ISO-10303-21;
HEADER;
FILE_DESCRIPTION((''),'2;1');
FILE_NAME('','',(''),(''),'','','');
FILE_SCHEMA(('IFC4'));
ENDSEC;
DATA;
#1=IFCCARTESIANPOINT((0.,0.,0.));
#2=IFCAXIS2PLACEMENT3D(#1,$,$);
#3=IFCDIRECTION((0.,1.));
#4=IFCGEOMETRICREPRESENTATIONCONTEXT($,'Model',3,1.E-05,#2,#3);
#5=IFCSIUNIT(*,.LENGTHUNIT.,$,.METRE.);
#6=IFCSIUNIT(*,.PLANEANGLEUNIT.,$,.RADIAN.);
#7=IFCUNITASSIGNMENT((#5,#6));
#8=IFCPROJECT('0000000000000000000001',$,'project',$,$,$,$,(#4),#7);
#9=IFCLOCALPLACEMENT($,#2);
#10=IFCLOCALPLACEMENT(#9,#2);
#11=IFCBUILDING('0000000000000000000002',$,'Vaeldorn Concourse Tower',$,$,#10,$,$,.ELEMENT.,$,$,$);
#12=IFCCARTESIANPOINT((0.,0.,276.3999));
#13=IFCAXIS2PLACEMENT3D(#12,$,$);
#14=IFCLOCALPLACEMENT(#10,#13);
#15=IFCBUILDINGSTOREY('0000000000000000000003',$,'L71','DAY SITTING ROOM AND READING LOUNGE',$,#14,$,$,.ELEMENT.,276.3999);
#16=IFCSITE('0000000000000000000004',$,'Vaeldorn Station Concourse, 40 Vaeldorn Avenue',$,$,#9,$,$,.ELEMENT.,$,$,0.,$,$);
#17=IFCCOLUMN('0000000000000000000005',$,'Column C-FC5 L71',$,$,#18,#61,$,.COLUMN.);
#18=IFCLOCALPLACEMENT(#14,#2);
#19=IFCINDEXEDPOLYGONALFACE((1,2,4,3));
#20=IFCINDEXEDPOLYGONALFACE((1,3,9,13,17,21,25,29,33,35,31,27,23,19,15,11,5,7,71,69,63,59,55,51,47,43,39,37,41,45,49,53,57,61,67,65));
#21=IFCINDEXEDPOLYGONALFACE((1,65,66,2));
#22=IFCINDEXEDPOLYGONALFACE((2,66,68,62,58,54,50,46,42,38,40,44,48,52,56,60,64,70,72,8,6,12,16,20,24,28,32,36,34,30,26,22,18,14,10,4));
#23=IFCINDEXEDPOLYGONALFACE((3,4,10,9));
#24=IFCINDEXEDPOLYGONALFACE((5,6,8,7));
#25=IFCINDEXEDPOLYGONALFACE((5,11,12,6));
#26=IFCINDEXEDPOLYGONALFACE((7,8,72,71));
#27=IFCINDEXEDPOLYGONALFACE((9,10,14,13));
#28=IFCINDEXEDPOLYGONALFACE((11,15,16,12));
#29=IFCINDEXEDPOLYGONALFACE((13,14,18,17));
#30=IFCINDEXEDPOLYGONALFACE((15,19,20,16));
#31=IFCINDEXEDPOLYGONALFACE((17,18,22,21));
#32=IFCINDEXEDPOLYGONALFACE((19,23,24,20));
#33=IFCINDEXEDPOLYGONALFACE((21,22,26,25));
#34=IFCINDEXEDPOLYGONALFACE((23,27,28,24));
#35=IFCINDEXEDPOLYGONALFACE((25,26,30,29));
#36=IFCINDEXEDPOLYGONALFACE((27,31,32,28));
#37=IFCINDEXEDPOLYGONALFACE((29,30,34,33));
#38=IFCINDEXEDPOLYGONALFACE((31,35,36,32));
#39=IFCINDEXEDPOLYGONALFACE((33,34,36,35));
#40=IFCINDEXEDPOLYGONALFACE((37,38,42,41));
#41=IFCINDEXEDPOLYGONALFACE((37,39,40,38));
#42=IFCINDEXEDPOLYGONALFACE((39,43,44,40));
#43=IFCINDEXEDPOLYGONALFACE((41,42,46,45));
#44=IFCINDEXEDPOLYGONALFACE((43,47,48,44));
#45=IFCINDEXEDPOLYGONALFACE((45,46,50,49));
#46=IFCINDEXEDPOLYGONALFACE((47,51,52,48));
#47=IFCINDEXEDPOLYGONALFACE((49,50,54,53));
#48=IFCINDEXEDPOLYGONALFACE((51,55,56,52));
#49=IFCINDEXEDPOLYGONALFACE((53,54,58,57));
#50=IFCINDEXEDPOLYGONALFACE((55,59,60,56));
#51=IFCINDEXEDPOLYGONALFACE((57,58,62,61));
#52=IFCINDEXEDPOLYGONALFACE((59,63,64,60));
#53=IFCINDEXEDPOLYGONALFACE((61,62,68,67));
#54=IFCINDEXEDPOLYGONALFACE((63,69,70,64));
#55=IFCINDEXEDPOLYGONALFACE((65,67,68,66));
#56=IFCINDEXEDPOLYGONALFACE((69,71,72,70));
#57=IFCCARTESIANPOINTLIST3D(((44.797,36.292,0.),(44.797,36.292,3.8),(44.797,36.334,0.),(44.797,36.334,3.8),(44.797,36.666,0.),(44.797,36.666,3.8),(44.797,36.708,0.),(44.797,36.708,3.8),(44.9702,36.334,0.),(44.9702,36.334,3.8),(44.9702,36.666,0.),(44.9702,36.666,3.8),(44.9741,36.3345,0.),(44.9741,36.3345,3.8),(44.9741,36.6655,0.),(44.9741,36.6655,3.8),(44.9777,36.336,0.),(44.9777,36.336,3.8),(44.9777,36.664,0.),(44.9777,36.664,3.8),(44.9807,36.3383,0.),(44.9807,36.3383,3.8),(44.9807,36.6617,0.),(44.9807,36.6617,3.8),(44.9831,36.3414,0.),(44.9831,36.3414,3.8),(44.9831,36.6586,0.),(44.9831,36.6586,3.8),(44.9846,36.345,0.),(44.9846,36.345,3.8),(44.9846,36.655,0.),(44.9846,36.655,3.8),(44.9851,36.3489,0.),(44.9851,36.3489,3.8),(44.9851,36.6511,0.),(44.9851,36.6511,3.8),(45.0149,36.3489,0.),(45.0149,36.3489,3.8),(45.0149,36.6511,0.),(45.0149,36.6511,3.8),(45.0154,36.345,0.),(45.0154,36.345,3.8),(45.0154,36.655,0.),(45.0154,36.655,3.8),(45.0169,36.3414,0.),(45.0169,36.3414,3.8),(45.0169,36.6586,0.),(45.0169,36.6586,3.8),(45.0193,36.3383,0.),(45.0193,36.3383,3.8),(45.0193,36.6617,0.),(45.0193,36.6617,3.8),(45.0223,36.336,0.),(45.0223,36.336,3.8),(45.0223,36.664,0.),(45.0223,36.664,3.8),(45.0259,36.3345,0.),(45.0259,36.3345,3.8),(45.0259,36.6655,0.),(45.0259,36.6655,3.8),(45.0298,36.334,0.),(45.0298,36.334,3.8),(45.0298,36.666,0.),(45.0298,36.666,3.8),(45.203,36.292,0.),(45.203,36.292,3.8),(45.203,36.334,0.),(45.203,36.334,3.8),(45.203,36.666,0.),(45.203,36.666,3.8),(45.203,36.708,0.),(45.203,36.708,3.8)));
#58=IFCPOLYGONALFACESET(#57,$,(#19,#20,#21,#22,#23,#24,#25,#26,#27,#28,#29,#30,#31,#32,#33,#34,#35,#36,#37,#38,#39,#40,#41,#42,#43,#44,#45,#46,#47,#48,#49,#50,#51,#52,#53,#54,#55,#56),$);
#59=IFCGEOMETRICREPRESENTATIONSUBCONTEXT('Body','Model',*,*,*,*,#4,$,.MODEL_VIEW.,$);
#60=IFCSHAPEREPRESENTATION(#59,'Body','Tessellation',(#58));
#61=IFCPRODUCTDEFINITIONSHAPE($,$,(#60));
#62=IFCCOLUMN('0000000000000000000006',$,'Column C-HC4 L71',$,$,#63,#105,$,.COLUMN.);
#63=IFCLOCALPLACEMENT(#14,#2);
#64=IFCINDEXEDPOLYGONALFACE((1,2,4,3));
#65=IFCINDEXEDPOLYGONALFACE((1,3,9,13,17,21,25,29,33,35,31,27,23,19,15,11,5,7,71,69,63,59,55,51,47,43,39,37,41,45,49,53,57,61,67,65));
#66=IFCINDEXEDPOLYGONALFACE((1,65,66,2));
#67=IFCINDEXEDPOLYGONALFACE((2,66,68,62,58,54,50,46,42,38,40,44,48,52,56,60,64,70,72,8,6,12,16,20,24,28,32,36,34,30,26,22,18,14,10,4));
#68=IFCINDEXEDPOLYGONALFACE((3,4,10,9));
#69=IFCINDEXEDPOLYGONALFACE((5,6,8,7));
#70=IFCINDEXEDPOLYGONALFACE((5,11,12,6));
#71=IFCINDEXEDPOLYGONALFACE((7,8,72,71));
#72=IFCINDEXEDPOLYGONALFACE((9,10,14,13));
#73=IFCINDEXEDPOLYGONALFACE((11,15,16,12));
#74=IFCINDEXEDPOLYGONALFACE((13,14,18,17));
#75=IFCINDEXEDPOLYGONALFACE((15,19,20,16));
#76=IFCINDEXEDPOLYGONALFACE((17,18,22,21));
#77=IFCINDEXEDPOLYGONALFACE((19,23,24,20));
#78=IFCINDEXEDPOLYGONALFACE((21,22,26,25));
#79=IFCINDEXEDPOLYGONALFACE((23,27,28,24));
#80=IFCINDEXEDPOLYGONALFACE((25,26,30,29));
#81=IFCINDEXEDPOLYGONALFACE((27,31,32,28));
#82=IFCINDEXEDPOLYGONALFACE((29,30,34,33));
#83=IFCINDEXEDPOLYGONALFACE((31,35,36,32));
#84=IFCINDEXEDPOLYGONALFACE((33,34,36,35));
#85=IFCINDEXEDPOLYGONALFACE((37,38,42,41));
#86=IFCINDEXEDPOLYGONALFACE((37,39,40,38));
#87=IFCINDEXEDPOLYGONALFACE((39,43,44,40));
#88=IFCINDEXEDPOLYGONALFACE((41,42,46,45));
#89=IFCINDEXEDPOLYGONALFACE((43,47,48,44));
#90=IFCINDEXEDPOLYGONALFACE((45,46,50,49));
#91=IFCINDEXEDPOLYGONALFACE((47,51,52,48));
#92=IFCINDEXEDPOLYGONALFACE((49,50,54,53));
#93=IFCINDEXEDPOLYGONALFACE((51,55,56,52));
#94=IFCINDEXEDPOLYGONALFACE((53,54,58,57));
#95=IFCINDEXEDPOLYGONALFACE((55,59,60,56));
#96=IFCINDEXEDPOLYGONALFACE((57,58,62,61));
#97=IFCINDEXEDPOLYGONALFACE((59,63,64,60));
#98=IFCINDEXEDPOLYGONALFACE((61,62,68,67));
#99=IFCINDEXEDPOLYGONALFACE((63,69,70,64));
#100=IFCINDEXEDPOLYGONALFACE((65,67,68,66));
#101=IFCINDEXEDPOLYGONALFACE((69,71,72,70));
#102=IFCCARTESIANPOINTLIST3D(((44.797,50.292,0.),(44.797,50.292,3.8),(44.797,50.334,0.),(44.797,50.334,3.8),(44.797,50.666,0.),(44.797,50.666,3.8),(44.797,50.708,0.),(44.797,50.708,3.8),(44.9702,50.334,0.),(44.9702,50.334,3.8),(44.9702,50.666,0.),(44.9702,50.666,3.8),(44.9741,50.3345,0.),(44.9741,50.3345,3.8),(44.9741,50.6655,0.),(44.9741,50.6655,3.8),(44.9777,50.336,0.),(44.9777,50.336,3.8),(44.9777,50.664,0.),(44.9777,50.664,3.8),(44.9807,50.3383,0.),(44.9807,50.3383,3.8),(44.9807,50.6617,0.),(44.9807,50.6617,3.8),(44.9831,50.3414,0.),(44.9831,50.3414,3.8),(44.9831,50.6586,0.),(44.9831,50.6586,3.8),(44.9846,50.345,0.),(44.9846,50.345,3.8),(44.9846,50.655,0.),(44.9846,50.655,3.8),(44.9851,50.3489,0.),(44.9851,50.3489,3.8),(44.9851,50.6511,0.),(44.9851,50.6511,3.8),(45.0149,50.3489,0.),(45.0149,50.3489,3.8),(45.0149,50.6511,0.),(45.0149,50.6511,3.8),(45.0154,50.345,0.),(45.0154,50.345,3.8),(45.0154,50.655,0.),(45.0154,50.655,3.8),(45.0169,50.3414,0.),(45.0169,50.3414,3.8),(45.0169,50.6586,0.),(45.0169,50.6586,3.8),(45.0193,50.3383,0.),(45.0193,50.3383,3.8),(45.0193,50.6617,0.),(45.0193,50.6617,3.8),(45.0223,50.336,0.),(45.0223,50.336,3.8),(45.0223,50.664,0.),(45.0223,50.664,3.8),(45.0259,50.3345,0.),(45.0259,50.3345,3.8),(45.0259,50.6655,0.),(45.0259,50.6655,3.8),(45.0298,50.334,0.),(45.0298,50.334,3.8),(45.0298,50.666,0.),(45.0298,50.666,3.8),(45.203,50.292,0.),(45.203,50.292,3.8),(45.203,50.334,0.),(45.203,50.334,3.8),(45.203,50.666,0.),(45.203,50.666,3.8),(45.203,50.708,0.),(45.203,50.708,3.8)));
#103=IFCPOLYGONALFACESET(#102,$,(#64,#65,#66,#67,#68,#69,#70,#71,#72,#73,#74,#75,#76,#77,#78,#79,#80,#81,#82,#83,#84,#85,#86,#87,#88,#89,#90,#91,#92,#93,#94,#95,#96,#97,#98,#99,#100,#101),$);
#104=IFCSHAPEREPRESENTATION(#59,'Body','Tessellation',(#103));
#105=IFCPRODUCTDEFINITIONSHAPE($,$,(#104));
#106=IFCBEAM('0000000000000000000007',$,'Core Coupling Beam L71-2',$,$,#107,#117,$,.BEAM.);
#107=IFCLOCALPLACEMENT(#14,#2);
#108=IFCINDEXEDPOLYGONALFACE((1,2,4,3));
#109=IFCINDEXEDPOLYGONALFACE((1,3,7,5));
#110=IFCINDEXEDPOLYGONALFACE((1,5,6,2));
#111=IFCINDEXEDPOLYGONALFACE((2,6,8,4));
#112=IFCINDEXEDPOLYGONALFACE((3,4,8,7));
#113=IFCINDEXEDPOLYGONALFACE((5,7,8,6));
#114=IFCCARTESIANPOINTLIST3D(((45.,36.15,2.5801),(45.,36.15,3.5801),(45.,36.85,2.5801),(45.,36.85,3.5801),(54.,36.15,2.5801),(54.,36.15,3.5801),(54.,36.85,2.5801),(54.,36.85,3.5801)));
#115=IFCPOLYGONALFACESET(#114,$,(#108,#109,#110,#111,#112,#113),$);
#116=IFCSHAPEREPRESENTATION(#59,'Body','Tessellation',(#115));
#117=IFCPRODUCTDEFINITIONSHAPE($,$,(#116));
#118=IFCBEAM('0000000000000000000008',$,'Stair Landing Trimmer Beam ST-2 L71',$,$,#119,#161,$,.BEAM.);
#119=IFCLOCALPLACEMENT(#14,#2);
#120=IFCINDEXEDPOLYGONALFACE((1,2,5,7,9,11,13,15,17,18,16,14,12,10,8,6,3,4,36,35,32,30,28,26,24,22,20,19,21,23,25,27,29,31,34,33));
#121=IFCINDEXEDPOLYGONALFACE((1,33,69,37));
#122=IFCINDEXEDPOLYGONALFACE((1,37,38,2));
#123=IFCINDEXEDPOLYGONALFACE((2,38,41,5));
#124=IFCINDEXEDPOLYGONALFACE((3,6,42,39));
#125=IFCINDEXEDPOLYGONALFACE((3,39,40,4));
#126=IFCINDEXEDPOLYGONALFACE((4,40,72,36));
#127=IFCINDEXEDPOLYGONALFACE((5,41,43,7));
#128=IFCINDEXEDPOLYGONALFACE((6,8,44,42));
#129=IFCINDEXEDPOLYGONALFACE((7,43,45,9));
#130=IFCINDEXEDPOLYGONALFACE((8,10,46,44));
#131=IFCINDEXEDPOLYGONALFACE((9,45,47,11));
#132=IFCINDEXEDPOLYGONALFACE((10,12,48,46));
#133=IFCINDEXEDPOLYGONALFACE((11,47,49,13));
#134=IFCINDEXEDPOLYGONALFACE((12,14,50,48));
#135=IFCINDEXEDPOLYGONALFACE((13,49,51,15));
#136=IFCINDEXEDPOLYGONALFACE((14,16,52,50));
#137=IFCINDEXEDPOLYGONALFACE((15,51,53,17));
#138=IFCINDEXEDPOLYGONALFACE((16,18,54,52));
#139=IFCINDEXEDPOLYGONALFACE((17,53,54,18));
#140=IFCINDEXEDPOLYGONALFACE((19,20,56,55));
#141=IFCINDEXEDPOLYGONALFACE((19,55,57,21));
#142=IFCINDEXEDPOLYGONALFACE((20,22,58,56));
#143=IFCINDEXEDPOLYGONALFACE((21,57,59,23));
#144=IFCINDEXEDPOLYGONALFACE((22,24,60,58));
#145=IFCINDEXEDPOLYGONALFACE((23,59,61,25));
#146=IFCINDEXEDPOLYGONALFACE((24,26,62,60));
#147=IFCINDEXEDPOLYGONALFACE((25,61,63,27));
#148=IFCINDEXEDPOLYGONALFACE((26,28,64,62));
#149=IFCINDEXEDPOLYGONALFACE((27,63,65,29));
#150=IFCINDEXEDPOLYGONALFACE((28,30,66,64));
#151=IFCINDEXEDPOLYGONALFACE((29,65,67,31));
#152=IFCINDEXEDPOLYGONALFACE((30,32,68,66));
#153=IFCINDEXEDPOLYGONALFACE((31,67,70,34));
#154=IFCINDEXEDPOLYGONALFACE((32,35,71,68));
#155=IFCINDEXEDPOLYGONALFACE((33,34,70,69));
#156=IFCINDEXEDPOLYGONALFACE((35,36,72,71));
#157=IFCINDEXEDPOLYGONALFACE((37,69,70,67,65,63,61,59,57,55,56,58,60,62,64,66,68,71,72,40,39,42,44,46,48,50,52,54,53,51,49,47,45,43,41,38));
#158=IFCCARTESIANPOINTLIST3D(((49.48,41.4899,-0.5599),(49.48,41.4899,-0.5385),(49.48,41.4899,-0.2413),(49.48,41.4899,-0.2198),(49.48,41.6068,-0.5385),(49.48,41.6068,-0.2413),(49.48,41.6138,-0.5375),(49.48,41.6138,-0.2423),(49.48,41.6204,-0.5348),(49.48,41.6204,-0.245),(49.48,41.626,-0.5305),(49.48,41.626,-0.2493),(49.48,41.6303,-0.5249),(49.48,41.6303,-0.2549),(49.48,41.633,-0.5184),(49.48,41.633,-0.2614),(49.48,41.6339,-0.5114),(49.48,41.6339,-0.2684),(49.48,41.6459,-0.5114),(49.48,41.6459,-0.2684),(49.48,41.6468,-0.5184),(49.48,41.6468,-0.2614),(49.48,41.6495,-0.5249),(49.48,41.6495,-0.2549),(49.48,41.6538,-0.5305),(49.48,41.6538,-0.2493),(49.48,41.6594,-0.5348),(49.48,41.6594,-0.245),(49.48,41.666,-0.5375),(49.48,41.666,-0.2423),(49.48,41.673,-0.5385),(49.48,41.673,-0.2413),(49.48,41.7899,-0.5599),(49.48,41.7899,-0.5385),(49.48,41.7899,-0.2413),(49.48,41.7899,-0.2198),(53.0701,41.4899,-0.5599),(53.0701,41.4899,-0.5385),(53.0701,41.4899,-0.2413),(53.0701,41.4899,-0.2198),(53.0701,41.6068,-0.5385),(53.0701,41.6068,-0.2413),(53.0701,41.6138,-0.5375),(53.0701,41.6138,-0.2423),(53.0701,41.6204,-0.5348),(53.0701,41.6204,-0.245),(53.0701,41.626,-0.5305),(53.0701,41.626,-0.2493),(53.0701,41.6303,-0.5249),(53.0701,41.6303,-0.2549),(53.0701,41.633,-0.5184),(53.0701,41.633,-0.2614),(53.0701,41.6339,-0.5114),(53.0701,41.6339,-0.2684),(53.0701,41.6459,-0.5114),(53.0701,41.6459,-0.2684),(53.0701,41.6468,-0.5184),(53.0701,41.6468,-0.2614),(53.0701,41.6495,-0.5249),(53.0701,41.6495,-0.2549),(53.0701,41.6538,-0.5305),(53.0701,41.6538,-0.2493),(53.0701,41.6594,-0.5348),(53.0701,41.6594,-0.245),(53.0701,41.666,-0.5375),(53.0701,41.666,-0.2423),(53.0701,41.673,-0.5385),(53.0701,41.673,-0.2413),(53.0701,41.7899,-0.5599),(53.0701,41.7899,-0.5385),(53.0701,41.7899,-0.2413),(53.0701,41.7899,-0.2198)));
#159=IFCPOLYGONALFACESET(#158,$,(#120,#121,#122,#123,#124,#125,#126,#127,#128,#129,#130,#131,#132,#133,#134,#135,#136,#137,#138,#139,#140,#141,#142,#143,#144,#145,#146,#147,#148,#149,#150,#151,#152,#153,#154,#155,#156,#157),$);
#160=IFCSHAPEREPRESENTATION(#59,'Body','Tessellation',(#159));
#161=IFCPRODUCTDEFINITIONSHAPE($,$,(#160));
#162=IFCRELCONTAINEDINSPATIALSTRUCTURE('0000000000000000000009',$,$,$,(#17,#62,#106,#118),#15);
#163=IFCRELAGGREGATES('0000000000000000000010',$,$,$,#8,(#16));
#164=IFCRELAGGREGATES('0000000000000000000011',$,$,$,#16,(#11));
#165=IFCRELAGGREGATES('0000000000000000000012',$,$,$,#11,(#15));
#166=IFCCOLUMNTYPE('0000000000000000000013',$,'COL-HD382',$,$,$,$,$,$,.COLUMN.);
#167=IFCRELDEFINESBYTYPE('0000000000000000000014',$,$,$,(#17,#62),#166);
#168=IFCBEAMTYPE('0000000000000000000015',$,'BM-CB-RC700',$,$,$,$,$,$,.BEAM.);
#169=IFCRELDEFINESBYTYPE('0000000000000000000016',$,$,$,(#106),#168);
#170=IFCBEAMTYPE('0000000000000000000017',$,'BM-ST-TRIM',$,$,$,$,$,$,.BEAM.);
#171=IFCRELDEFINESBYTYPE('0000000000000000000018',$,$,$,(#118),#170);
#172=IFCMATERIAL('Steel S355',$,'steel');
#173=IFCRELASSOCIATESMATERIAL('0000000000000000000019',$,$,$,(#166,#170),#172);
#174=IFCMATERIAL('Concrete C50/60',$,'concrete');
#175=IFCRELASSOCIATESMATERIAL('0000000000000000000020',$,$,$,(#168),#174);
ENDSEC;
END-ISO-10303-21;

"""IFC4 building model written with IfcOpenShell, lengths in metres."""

from ifc_helpers import new_model, si_unit, direction, frame, origin, origin_2d, place, context, subcontext, project, spatial, rectangle, i_section, extrude, source, transform, mapped, material, material_profile, profile_set, type_object, element, save


model = new_model("IFC4")

# Units and contexts
model_context = context("Model", 3, precision=1e-05, world=origin(), true_north=direction((0.0, 1.0)))
body_context = subcontext(model_context, "Body", "Model", "MODEL_VIEW")
ifc_project = project(units=[si_unit("LENGTHUNIT", "METRE"), si_unit("PLANEANGLEUNIT", "RADIAN")], contexts=[model_context])

# Site, building, storey
site_placement = place(None, origin())
site = spatial("IfcSite", under=ifc_project, at=site_placement, Name="Vaeldorn Station Concourse, 40 Vaeldorn Avenue", CompositionType="ELEMENT", RefElevation=0.0)
building_placement = place(site_placement, origin())
building = spatial("IfcBuilding", under=site, at=building_placement, Name="Vaeldorn Concourse Tower", CompositionType="ELEMENT")
storey_placement = place(building_placement, frame((0.0, 0.0, 276.3999)))
storey = spatial("IfcBuildingStorey", under=building, at=storey_placement, Name="L71", Description="DAY SITTING ROOM AND READING LOUNGE", CompositionType="ELEMENT", Elevation=276.3999)

# Columns
ifc_material_1 = material(Name="Steel S355", Category="steel")
ifc_material_profile_1 = material_profile(ifc_material_1, i_section(OverallWidth=0.406, OverallDepth=0.416, WebThickness=0.0298, FlangeThickness=0.042, FilletRadius=0.0149, at=origin_2d()), Name="HD 400x382")
ifc_profile_set_1 = profile_set([ifc_material_profile_1], Name="Steel S355")
column_type = type_object("IfcColumnType", Name="COL-HD382", PredefinedType="COLUMN", material=ifc_profile_set_1)
shared_shape_1 = source(origin(), body_context, "Body", "SweptSolid", [
    extrude(i_section(OverallWidth=0.406, OverallDepth=0.416, WebThickness=0.0298, FlangeThickness=0.042, FilletRadius=0.0149, at=origin_2d()), origin(), (0.0, 0.0, 1.0), 3.8),
])
for number, where, z_axis, x_axis, name in (
    (1, (45.0, 36.5, 0.0), (0.0, 0.0, 1.0), (1.0, 0.0, 0.0), "Column C-FC5 L71"),
    (2, (45.0, 50.5, 0.0), (0.0, 0.0, 1.0), (1.0, 0.0, 0.0), "Column C-HC4 L71"),
):
    element("IfcColumn", number, at=place(storey_placement, frame(where, z_axis=z_axis, x_axis=x_axis)), inside=storey, type_object=column_type, Name=name, PredefinedType="COLUMN", context=body_context, shape_type="MappedRepresentation", body=[
        mapped(shared_shape_1, transform((0.0, 0.0, 0.0), scale=1.0)),
    ])

# Beams
ifc_material_2 = material(Name="Concrete C50/60", Category="concrete")
ifc_material_profile_2 = material_profile(ifc_material_2, rectangle(XDim=0.7, YDim=1.0, at=origin_2d()), Name="RC 700x1000")
ifc_profile_set_2 = profile_set([ifc_material_profile_2], Name="Concrete C50/60")
beam_type_1 = type_object("IfcBeamType", Name="BM-CB-RC700", PredefinedType="BEAM", material=ifc_profile_set_2)
shared_shape_2 = source(origin(), body_context, "Body", "SweptSolid", [
    extrude(rectangle(XDim=0.7, YDim=1.0, at=origin_2d()), origin(), (0.0, 0.0, 1.0), 9.0),
])
beam_1_placement = place(storey_placement, frame((45.0, 36.5, 3.0801), z_axis=(1.0, 0.0, 0.0), x_axis=(0.0, 1.0, 0.0)))
element("IfcBeam", 3, at=beam_1_placement, inside=storey, type_object=beam_type_1, Name="Core Coupling Beam L71-2", PredefinedType="BEAM", context=body_context, shape_type="MappedRepresentation", body=[
    mapped(shared_shape_2, transform((0.0, 0.0, 0.0), scale=1.0)),
])
ifc_material_profile_3 = material_profile(ifc_material_1, i_section(OverallWidth=0.3, OverallDepth=0.3401, WebThickness=0.012, FlangeThickness=0.0215, FilletRadius=0.0271, at=origin_2d()), Name="HEB 340")
ifc_profile_set_3 = profile_set([ifc_material_profile_3], Name="Steel S355")
beam_type_2 = type_object("IfcBeamType", Name="BM-ST-TRIM", PredefinedType="BEAM", material=ifc_profile_set_3)
shared_shape_3 = source(origin(), body_context, "Body", "SweptSolid", [
    extrude(i_section(OverallWidth=0.3, OverallDepth=0.3401, WebThickness=0.012, FlangeThickness=0.0215, FilletRadius=0.0271, at=origin_2d()), origin(), (0.0, 0.0, 1.0), 3.5901),
])
beam_2_placement = place(storey_placement, frame((49.48, 41.6399, -0.3899), z_axis=(1.0, 0.0, 0.0), x_axis=(0.0, 1.0, 0.0)))
element("IfcBeam", 4, at=beam_2_placement, inside=storey, type_object=beam_type_2, Name="Stair Landing Trimmer Beam ST-2 L71", PredefinedType="BEAM", context=body_context, shape_type="MappedRepresentation", body=[
    mapped(shared_shape_3, transform((0.0, 0.0, 0.0), scale=1.0)),
])

save(model, "model.ifc")
